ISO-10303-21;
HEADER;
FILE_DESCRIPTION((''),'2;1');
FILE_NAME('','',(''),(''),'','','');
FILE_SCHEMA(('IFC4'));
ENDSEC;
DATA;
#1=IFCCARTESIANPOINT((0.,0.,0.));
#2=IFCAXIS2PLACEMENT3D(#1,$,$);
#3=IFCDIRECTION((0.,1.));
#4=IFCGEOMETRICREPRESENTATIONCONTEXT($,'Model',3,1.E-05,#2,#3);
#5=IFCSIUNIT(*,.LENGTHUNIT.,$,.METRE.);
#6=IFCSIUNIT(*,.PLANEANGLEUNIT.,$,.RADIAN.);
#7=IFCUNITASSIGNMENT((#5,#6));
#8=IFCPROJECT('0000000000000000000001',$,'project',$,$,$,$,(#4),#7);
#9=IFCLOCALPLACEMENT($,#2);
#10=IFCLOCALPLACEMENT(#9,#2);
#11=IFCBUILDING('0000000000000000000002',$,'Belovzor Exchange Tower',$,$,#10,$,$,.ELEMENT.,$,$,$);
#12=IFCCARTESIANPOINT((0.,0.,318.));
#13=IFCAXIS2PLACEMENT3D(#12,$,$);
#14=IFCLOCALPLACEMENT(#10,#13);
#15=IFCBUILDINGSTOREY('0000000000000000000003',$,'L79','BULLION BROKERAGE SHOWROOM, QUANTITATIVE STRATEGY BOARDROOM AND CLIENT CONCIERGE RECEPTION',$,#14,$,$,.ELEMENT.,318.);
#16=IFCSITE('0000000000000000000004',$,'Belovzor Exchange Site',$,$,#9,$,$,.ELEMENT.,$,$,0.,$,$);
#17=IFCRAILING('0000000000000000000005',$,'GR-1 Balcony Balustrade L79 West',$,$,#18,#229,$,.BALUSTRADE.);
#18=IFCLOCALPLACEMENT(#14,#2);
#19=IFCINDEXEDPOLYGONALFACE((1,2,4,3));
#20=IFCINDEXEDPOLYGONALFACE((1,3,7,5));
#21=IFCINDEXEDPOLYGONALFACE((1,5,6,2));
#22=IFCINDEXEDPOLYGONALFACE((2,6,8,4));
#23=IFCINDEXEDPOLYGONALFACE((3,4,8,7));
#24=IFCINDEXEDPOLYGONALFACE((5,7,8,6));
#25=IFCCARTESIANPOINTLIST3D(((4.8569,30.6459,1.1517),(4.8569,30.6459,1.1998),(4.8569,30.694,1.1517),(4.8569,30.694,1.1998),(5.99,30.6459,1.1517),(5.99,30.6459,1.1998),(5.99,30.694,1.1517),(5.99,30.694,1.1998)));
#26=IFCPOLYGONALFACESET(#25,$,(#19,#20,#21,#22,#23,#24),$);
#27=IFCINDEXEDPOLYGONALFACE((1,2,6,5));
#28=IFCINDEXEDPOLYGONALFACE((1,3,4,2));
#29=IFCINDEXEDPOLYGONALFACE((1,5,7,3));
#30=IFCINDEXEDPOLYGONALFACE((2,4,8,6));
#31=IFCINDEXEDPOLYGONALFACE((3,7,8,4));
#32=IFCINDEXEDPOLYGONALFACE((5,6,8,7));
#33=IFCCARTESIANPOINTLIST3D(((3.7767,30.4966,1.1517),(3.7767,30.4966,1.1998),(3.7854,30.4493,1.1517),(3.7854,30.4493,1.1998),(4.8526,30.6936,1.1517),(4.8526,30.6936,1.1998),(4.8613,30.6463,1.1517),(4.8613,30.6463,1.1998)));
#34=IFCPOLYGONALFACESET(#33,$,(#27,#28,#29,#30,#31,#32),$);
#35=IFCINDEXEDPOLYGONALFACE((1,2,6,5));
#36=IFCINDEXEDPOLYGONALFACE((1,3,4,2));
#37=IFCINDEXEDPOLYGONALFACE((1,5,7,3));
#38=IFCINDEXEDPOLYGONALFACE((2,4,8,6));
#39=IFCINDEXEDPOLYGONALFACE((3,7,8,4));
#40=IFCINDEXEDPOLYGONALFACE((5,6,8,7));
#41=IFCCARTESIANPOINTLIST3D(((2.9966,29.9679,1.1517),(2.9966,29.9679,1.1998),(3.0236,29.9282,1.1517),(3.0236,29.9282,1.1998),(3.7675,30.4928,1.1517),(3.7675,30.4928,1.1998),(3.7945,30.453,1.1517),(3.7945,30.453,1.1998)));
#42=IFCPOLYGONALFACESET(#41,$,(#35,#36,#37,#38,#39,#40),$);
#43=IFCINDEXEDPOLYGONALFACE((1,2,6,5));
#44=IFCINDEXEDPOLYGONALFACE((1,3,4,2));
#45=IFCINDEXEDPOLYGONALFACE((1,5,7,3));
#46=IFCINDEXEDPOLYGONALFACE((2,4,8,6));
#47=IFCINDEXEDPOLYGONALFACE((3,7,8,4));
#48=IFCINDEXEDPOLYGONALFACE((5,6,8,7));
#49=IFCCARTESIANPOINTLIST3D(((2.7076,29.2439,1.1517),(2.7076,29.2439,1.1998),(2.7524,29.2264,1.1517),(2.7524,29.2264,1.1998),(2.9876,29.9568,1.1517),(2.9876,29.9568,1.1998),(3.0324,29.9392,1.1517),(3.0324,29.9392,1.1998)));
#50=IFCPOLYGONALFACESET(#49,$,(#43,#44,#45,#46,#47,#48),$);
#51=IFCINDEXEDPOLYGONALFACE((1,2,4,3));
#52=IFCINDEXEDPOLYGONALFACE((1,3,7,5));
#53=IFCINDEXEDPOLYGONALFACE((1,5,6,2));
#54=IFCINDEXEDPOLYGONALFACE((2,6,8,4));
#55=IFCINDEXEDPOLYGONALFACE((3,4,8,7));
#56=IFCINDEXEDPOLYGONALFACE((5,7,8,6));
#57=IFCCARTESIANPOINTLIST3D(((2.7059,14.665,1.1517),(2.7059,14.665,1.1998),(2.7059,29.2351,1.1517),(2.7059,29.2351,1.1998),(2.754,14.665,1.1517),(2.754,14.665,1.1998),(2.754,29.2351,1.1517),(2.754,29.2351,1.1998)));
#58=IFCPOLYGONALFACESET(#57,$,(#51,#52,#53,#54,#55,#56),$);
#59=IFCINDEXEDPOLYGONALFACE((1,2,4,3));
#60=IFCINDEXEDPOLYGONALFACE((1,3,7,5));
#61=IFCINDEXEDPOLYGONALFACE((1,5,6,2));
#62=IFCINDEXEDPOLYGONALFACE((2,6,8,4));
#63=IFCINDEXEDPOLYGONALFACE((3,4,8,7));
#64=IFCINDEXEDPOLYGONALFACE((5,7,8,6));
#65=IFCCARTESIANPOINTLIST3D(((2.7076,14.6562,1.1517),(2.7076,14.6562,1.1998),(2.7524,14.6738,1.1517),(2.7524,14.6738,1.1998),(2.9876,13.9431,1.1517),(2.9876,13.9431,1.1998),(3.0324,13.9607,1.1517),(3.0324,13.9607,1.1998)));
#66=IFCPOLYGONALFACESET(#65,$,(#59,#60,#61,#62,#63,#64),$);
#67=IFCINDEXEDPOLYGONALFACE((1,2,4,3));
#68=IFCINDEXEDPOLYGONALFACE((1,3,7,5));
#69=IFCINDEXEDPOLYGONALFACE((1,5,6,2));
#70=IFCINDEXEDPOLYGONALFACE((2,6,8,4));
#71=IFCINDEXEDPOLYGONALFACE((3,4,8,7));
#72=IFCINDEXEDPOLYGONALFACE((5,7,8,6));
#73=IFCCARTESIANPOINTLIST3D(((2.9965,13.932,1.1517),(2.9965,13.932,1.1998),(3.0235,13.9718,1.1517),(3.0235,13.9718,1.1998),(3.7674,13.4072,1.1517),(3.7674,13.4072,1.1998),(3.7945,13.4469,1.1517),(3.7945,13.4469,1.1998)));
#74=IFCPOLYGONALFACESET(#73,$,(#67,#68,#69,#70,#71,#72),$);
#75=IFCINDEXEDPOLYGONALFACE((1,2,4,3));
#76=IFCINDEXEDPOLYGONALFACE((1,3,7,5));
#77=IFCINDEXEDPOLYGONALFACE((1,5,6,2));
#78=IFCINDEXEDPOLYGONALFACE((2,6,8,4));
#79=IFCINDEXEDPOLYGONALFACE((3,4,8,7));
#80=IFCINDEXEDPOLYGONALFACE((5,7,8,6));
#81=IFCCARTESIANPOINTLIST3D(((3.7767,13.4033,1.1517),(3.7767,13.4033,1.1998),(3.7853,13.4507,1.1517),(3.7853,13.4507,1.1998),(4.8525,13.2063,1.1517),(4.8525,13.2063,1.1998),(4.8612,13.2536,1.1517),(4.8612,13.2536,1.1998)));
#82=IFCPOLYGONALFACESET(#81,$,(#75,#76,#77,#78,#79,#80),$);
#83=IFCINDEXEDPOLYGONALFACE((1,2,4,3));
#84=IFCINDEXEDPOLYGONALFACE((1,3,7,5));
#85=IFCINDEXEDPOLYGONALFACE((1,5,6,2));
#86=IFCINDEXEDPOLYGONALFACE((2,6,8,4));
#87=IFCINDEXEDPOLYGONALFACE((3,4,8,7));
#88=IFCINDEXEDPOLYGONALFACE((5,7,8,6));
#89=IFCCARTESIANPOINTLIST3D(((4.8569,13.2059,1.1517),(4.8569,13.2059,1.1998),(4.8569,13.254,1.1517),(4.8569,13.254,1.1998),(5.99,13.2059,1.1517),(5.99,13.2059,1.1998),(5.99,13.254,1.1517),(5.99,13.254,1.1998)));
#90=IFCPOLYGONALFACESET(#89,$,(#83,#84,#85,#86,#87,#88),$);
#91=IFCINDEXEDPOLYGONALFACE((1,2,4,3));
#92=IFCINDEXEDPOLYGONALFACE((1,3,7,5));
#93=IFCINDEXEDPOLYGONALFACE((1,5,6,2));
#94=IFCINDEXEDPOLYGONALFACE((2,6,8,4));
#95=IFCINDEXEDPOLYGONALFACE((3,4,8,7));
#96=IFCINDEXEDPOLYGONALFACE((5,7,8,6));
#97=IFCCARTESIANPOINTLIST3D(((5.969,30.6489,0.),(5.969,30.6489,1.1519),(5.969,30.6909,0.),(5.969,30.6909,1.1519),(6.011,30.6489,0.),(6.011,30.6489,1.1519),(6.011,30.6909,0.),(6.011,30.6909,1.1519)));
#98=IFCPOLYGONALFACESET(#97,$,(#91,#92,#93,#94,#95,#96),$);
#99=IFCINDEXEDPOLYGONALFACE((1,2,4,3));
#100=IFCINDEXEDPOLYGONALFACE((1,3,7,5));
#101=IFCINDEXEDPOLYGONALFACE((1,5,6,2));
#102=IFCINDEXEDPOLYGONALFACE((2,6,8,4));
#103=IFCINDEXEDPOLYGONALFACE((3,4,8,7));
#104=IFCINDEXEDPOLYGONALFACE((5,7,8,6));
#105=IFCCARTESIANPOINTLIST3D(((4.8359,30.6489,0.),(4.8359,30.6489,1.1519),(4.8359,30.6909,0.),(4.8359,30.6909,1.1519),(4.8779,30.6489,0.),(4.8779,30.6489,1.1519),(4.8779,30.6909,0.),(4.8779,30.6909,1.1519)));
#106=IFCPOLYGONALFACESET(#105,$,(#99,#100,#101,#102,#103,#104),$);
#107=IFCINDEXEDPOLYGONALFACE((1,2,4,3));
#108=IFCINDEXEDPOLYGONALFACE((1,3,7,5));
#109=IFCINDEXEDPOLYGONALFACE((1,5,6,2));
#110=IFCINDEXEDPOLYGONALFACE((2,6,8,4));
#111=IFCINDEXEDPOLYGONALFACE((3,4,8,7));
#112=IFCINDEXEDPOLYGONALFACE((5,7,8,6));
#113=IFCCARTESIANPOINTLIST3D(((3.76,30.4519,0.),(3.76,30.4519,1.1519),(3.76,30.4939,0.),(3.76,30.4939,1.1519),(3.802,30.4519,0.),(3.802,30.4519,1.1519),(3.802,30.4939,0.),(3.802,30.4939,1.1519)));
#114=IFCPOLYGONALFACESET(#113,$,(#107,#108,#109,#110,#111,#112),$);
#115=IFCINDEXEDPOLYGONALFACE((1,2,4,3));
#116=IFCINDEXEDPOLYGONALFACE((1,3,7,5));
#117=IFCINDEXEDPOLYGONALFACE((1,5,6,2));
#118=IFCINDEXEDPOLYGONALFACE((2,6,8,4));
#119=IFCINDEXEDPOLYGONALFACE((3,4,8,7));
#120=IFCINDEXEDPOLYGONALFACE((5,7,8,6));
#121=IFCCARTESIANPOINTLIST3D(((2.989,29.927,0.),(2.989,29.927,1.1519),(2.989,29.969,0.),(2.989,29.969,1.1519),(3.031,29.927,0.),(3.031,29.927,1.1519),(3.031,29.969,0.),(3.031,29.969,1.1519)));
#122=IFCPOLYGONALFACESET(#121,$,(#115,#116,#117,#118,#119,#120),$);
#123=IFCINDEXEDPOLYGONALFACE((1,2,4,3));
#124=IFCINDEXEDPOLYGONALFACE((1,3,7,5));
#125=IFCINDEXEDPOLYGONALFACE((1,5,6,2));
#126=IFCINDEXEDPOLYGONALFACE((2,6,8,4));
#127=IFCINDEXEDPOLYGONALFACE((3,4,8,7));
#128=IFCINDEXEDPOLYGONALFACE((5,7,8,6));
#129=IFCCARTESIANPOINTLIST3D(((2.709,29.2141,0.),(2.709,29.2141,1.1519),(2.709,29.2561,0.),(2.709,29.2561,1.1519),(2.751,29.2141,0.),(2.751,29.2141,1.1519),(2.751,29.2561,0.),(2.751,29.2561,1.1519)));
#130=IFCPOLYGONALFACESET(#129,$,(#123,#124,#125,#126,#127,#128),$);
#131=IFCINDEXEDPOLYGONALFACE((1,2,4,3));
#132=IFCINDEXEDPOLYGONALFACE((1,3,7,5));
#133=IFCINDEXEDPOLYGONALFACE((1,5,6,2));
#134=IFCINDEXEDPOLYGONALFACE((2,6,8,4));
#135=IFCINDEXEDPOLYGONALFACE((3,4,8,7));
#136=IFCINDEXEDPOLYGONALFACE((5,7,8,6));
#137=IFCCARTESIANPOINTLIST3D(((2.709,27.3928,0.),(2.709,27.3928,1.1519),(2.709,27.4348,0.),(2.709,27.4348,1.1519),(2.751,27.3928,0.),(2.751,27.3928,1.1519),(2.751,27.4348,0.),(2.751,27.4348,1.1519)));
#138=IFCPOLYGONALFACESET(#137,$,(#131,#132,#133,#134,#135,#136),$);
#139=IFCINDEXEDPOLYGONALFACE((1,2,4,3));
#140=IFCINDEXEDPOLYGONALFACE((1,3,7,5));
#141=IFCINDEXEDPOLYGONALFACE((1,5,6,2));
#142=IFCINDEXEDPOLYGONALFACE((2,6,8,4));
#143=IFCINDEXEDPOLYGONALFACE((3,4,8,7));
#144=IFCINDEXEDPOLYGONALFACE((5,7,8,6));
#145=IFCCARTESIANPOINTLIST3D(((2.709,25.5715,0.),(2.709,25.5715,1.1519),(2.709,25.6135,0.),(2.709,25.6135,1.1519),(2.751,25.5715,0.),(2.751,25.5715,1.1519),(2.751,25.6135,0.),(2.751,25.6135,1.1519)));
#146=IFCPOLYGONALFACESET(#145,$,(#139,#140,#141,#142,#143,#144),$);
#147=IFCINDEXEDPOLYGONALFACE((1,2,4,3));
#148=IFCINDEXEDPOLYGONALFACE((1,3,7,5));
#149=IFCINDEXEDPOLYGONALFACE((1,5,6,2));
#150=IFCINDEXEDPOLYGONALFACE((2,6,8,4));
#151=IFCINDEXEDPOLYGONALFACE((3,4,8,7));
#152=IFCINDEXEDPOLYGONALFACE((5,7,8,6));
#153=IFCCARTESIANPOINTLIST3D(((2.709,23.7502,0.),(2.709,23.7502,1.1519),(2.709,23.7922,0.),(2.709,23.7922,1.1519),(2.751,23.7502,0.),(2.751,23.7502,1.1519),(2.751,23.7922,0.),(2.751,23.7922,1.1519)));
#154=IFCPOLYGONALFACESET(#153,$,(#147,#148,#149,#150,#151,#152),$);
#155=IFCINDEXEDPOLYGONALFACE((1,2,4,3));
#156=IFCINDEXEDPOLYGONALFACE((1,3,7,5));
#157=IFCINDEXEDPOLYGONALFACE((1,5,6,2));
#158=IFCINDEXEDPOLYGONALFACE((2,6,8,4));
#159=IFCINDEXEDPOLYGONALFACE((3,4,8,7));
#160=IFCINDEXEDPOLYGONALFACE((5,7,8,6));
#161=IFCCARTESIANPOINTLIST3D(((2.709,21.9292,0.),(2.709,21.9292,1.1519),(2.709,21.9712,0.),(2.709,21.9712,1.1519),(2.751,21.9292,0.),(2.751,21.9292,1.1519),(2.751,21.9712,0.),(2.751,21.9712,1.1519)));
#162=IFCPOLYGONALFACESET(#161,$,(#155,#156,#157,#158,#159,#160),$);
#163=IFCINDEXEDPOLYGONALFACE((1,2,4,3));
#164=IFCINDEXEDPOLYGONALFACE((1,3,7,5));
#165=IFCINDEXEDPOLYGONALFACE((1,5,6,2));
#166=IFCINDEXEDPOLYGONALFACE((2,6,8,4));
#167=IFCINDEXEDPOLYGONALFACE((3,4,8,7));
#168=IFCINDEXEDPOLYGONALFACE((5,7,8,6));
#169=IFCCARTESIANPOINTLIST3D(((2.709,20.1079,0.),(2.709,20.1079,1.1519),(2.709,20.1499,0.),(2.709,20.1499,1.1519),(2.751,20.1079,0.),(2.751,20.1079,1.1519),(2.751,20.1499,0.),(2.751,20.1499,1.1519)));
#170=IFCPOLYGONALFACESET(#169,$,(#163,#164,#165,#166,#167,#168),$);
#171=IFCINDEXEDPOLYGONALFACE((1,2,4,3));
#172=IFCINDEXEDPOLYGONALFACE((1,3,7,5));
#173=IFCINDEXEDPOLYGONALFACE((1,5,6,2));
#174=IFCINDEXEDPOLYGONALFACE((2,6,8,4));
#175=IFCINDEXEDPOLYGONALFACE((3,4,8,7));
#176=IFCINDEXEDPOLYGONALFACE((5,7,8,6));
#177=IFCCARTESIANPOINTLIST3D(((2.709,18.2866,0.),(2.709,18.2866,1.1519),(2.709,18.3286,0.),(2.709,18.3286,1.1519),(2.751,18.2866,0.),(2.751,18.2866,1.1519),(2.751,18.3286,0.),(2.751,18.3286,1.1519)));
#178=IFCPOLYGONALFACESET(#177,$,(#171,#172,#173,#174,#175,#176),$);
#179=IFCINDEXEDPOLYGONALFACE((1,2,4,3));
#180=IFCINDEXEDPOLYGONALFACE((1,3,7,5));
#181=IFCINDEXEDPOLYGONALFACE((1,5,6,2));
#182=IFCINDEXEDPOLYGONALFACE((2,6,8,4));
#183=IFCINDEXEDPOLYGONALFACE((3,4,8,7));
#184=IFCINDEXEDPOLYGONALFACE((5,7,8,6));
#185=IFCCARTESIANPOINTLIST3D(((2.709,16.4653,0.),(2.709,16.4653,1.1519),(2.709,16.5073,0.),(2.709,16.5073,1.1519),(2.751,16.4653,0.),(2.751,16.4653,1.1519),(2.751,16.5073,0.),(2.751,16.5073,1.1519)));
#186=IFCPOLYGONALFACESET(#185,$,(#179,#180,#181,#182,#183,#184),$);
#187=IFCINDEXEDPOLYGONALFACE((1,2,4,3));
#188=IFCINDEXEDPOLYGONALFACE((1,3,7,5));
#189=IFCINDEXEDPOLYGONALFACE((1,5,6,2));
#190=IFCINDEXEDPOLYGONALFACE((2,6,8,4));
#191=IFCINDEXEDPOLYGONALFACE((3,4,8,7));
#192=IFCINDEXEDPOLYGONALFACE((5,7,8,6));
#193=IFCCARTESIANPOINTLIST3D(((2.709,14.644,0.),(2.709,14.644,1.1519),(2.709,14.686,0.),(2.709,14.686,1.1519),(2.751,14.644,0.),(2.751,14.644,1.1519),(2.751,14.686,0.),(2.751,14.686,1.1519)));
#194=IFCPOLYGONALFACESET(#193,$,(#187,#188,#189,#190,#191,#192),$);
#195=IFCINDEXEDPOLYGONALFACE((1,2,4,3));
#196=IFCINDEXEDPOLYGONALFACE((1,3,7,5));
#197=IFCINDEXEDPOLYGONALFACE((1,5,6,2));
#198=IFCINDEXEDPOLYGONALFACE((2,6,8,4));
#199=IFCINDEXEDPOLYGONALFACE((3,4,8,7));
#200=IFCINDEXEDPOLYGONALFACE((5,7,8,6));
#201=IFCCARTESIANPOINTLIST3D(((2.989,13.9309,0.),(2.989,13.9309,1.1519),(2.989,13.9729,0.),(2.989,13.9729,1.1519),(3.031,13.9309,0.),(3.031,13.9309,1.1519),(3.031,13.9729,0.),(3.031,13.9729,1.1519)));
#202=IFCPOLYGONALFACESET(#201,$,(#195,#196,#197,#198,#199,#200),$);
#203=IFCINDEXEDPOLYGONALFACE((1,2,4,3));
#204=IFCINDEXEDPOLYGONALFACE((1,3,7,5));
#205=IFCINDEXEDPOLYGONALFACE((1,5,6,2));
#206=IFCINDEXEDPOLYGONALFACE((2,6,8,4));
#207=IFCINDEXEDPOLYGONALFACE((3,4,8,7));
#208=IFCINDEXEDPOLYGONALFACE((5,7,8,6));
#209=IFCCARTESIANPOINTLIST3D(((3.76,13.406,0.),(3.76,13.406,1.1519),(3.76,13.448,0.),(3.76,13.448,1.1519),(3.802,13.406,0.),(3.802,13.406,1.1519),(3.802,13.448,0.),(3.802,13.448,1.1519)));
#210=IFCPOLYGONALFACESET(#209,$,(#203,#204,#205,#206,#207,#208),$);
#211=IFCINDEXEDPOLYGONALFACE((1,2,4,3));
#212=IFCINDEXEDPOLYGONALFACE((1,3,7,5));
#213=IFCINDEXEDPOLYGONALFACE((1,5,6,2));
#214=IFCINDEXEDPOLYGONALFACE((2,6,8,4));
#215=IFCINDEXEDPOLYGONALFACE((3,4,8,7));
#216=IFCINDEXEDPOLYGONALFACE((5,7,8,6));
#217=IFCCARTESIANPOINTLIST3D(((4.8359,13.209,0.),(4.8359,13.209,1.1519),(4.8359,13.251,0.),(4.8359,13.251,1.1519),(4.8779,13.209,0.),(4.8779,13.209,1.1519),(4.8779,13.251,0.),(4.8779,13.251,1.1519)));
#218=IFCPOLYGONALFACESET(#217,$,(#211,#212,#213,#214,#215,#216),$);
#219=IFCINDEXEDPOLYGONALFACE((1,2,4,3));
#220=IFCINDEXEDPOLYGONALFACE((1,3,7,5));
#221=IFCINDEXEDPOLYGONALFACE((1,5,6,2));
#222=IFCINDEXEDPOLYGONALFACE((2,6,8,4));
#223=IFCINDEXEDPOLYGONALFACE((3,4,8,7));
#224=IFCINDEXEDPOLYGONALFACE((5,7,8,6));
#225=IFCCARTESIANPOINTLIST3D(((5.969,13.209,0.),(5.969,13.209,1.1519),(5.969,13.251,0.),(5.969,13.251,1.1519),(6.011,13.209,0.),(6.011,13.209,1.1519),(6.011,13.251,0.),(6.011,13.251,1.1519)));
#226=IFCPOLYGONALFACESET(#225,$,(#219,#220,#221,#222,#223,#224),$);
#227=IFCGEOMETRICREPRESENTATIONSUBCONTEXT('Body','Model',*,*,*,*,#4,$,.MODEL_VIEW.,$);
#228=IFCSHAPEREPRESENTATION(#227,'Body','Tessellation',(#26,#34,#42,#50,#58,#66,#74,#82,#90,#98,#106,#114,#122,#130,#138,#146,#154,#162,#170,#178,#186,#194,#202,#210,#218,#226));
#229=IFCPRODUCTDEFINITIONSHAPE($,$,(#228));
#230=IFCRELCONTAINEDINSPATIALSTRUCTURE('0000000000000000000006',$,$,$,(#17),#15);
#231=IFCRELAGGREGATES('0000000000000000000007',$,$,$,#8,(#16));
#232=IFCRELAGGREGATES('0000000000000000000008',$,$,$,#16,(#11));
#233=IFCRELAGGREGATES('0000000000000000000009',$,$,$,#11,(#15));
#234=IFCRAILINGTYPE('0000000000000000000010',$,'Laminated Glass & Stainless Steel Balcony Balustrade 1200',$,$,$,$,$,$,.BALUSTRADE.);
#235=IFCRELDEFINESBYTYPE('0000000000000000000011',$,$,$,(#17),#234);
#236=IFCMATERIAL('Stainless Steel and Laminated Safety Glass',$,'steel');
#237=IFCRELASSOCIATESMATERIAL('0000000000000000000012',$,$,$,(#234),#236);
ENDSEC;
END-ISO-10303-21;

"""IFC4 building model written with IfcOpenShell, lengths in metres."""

from ifc_helpers import new_model, si_unit, direction, frame, origin, origin_2d, place, context, subcontext, project, spatial, rectangle, extrude, material, type_object, element, save


model = new_model("IFC4")

# Units and contexts
model_context = context("Model", 3, precision=1e-05, world=origin(), true_north=direction((0.0, 1.0)))
body_context = subcontext(model_context, "Body", "Model", "MODEL_VIEW")
ifc_project = project(units=[si_unit("LENGTHUNIT", "METRE"), si_unit("PLANEANGLEUNIT", "RADIAN")], contexts=[model_context])

# Site, building, storey
site_placement = place(None, origin())
site = spatial("IfcSite", under=ifc_project, at=site_placement, Name="Belovzor Exchange Site", CompositionType="ELEMENT", RefElevation=0.0)
building_placement = place(site_placement, origin())
building = spatial("IfcBuilding", under=site, at=building_placement, Name="Belovzor Exchange Tower", CompositionType="ELEMENT")
storey_placement = place(building_placement, frame((0.0, 0.0, 318.0)))
storey = spatial("IfcBuildingStorey", under=building, at=storey_placement, Name="L79", Description="BULLION BROKERAGE SHOWROOM, QUANTITATIVE STRATEGY BOARDROOM AND CLIENT CONCIERGE RECEPTION", CompositionType="ELEMENT", Elevation=318.0)

# Railing
ifc_material_1 = material(Name="Stainless Steel and Laminated Safety Glass", Category="steel")
railing_type = type_object("IfcRailingType", Name="Laminated Glass & Stainless Steel Balcony Balustrade 1200", PredefinedType="BALUSTRADE", material=ifc_material_1)
railing_placement = place(storey_placement, frame((5.99, 30.6699, 0.0)))
element("IfcRailing", 1, at=railing_placement, inside=storey, type_object=railing_type, Name="GR-1 Balcony Balustrade L79 West", PredefinedType="BALUSTRADE", context=body_context, shape_type="SweptSolid", body=[
    extrude(rectangle(XDim=0.0481, YDim=0.0481, at=origin_2d()), frame((0.0, 0.0, 1.1758), z_axis=(-1.0, 0.0, 0.0), x_axis=(0.0, -1.0, 0.0)), (0.0, 0.0, 1.0), 1.1331),
    extrude(rectangle(XDim=0.0481, YDim=0.0481, at=origin_2d()), frame((-1.1331, 0.0, 1.1758), z_axis=(-0.983644, -0.180123, 0.0), x_axis=(0.180123, -0.983644, 0.0)), (0.0, 0.0, 1.0), 1.0938),
    extrude(rectangle(XDim=0.0481, YDim=0.0481, at=origin_2d()), frame((-2.209, -0.197, 1.1758), z_axis=(-0.826615, -0.562768, 0.0), x_axis=(0.562768, -0.826615, 0.0)), (0.0, 0.0, 1.0), 0.9326),
    extrude(rectangle(XDim=0.0481, YDim=0.0481, at=origin_2d()), frame((-2.98, -0.7219, 1.1758), z_axis=(-0.365613, -0.930767, 0.0), x_axis=(0.930767, -0.365613, 0.0)), (0.0, 0.0, 1.0), 0.7659),
    extrude(rectangle(XDim=0.0481, YDim=0.0481, at=origin_2d()), frame((-3.26, -1.4348, 1.1758), z_axis=(0.0, -1.0, 0.0), x_axis=(1.0, 0.0, 0.0)), (0.0, 0.0, 1.0), 14.5701),
    extrude(rectangle(XDim=0.0481, YDim=0.0481, at=origin_2d()), frame((-3.26, -16.0049, 1.1758), z_axis=(0.365504, -0.93081, 0.0), x_axis=(0.93081, 0.365504, 0.0)), (0.0, 0.0, 1.0), 0.7661),
    extrude(rectangle(XDim=0.0481, YDim=0.0481, at=origin_2d()), frame((-2.98, -16.718, 1.1758), z_axis=(0.826615, -0.562768, 0.0), x_axis=(0.562768, 0.826615, 0.0)), (0.0, 0.0, 1.0), 0.9326),
    extrude(rectangle(XDim=0.0481, YDim=0.0481, at=origin_2d()), frame((-2.209, -17.2429, 1.1758), z_axis=(0.983644, -0.180123, 0.0), x_axis=(0.180123, 0.983644, 0.0)), (0.0, 0.0, 1.0), 1.0938),
    extrude(rectangle(XDim=0.0481, YDim=0.0481, at=origin_2d()), frame((-1.1331, -17.4399, 1.1758), z_axis=(1.0, 0.0, 0.0), x_axis=(0.0, 1.0, 0.0)), (0.0, 0.0, 1.0), 1.1331),
    extrude(rectangle(XDim=0.042, YDim=0.042, at=origin_2d()), origin(), (0.0, 0.0, 1.0), 1.1519),
    extrude(rectangle(XDim=0.042, YDim=0.042, at=origin_2d()), frame((-1.1331, 0.0, 0.0)), (0.0, 0.0, 1.0), 1.1519),
    extrude(rectangle(XDim=0.042, YDim=0.042, at=origin_2d()), frame((-2.209, -0.197, 0.0)), (0.0, 0.0, 1.0), 1.1519),
    extrude(rectangle(XDim=0.042, YDim=0.042, at=origin_2d()), frame((-2.98, -0.7219, 0.0)), (0.0, 0.0, 1.0), 1.1519),
    extrude(rectangle(XDim=0.042, YDim=0.042, at=origin_2d()), frame((-3.26, -1.4348, 0.0)), (0.0, 0.0, 1.0), 1.1519),
    extrude(rectangle(XDim=0.042, YDim=0.042, at=origin_2d()), frame((-3.26, -3.2561, 0.0)), (0.0, 0.0, 1.0), 1.1519),
    extrude(rectangle(XDim=0.042, YDim=0.042, at=origin_2d()), frame((-3.26, -5.0774, 0.0)), (0.0, 0.0, 1.0), 1.1519),
    extrude(rectangle(XDim=0.042, YDim=0.042, at=origin_2d()), frame((-3.26, -6.8987, 0.0)), (0.0, 0.0, 1.0), 1.1519),
    extrude(rectangle(XDim=0.042, YDim=0.042, at=origin_2d()), frame((-3.26, -8.7197, 0.0)), (0.0, 0.0, 1.0), 1.1519),
    extrude(rectangle(XDim=0.042, YDim=0.042, at=origin_2d()), frame((-3.26, -10.541, 0.0)), (0.0, 0.0, 1.0), 1.1519),
    extrude(rectangle(XDim=0.042, YDim=0.042, at=origin_2d()), frame((-3.26, -12.3623, 0.0)), (0.0, 0.0, 1.0), 1.1519),
    extrude(rectangle(XDim=0.042, YDim=0.042, at=origin_2d()), frame((-3.26, -14.1836, 0.0)), (0.0, 0.0, 1.0), 1.1519),
    extrude(rectangle(XDim=0.042, YDim=0.042, at=origin_2d()), frame((-3.26, -16.0049, 0.0)), (0.0, 0.0, 1.0), 1.1519),
    extrude(rectangle(XDim=0.042, YDim=0.042, at=origin_2d()), frame((-2.98, -16.718, 0.0)), (0.0, 0.0, 1.0), 1.1519),
    extrude(rectangle(XDim=0.042, YDim=0.042, at=origin_2d()), frame((-2.209, -17.2429, 0.0)), (0.0, 0.0, 1.0), 1.1519),
    extrude(rectangle(XDim=0.042, YDim=0.042, at=origin_2d()), frame((-1.1331, -17.4399, 0.0)), (0.0, 0.0, 1.0), 1.1519),
    extrude(rectangle(XDim=0.042, YDim=0.042, at=origin_2d()), frame((0.0, -17.4399, 0.0)), (0.0, 0.0, 1.0), 1.1519),
])

save(model, "model.ifc")
